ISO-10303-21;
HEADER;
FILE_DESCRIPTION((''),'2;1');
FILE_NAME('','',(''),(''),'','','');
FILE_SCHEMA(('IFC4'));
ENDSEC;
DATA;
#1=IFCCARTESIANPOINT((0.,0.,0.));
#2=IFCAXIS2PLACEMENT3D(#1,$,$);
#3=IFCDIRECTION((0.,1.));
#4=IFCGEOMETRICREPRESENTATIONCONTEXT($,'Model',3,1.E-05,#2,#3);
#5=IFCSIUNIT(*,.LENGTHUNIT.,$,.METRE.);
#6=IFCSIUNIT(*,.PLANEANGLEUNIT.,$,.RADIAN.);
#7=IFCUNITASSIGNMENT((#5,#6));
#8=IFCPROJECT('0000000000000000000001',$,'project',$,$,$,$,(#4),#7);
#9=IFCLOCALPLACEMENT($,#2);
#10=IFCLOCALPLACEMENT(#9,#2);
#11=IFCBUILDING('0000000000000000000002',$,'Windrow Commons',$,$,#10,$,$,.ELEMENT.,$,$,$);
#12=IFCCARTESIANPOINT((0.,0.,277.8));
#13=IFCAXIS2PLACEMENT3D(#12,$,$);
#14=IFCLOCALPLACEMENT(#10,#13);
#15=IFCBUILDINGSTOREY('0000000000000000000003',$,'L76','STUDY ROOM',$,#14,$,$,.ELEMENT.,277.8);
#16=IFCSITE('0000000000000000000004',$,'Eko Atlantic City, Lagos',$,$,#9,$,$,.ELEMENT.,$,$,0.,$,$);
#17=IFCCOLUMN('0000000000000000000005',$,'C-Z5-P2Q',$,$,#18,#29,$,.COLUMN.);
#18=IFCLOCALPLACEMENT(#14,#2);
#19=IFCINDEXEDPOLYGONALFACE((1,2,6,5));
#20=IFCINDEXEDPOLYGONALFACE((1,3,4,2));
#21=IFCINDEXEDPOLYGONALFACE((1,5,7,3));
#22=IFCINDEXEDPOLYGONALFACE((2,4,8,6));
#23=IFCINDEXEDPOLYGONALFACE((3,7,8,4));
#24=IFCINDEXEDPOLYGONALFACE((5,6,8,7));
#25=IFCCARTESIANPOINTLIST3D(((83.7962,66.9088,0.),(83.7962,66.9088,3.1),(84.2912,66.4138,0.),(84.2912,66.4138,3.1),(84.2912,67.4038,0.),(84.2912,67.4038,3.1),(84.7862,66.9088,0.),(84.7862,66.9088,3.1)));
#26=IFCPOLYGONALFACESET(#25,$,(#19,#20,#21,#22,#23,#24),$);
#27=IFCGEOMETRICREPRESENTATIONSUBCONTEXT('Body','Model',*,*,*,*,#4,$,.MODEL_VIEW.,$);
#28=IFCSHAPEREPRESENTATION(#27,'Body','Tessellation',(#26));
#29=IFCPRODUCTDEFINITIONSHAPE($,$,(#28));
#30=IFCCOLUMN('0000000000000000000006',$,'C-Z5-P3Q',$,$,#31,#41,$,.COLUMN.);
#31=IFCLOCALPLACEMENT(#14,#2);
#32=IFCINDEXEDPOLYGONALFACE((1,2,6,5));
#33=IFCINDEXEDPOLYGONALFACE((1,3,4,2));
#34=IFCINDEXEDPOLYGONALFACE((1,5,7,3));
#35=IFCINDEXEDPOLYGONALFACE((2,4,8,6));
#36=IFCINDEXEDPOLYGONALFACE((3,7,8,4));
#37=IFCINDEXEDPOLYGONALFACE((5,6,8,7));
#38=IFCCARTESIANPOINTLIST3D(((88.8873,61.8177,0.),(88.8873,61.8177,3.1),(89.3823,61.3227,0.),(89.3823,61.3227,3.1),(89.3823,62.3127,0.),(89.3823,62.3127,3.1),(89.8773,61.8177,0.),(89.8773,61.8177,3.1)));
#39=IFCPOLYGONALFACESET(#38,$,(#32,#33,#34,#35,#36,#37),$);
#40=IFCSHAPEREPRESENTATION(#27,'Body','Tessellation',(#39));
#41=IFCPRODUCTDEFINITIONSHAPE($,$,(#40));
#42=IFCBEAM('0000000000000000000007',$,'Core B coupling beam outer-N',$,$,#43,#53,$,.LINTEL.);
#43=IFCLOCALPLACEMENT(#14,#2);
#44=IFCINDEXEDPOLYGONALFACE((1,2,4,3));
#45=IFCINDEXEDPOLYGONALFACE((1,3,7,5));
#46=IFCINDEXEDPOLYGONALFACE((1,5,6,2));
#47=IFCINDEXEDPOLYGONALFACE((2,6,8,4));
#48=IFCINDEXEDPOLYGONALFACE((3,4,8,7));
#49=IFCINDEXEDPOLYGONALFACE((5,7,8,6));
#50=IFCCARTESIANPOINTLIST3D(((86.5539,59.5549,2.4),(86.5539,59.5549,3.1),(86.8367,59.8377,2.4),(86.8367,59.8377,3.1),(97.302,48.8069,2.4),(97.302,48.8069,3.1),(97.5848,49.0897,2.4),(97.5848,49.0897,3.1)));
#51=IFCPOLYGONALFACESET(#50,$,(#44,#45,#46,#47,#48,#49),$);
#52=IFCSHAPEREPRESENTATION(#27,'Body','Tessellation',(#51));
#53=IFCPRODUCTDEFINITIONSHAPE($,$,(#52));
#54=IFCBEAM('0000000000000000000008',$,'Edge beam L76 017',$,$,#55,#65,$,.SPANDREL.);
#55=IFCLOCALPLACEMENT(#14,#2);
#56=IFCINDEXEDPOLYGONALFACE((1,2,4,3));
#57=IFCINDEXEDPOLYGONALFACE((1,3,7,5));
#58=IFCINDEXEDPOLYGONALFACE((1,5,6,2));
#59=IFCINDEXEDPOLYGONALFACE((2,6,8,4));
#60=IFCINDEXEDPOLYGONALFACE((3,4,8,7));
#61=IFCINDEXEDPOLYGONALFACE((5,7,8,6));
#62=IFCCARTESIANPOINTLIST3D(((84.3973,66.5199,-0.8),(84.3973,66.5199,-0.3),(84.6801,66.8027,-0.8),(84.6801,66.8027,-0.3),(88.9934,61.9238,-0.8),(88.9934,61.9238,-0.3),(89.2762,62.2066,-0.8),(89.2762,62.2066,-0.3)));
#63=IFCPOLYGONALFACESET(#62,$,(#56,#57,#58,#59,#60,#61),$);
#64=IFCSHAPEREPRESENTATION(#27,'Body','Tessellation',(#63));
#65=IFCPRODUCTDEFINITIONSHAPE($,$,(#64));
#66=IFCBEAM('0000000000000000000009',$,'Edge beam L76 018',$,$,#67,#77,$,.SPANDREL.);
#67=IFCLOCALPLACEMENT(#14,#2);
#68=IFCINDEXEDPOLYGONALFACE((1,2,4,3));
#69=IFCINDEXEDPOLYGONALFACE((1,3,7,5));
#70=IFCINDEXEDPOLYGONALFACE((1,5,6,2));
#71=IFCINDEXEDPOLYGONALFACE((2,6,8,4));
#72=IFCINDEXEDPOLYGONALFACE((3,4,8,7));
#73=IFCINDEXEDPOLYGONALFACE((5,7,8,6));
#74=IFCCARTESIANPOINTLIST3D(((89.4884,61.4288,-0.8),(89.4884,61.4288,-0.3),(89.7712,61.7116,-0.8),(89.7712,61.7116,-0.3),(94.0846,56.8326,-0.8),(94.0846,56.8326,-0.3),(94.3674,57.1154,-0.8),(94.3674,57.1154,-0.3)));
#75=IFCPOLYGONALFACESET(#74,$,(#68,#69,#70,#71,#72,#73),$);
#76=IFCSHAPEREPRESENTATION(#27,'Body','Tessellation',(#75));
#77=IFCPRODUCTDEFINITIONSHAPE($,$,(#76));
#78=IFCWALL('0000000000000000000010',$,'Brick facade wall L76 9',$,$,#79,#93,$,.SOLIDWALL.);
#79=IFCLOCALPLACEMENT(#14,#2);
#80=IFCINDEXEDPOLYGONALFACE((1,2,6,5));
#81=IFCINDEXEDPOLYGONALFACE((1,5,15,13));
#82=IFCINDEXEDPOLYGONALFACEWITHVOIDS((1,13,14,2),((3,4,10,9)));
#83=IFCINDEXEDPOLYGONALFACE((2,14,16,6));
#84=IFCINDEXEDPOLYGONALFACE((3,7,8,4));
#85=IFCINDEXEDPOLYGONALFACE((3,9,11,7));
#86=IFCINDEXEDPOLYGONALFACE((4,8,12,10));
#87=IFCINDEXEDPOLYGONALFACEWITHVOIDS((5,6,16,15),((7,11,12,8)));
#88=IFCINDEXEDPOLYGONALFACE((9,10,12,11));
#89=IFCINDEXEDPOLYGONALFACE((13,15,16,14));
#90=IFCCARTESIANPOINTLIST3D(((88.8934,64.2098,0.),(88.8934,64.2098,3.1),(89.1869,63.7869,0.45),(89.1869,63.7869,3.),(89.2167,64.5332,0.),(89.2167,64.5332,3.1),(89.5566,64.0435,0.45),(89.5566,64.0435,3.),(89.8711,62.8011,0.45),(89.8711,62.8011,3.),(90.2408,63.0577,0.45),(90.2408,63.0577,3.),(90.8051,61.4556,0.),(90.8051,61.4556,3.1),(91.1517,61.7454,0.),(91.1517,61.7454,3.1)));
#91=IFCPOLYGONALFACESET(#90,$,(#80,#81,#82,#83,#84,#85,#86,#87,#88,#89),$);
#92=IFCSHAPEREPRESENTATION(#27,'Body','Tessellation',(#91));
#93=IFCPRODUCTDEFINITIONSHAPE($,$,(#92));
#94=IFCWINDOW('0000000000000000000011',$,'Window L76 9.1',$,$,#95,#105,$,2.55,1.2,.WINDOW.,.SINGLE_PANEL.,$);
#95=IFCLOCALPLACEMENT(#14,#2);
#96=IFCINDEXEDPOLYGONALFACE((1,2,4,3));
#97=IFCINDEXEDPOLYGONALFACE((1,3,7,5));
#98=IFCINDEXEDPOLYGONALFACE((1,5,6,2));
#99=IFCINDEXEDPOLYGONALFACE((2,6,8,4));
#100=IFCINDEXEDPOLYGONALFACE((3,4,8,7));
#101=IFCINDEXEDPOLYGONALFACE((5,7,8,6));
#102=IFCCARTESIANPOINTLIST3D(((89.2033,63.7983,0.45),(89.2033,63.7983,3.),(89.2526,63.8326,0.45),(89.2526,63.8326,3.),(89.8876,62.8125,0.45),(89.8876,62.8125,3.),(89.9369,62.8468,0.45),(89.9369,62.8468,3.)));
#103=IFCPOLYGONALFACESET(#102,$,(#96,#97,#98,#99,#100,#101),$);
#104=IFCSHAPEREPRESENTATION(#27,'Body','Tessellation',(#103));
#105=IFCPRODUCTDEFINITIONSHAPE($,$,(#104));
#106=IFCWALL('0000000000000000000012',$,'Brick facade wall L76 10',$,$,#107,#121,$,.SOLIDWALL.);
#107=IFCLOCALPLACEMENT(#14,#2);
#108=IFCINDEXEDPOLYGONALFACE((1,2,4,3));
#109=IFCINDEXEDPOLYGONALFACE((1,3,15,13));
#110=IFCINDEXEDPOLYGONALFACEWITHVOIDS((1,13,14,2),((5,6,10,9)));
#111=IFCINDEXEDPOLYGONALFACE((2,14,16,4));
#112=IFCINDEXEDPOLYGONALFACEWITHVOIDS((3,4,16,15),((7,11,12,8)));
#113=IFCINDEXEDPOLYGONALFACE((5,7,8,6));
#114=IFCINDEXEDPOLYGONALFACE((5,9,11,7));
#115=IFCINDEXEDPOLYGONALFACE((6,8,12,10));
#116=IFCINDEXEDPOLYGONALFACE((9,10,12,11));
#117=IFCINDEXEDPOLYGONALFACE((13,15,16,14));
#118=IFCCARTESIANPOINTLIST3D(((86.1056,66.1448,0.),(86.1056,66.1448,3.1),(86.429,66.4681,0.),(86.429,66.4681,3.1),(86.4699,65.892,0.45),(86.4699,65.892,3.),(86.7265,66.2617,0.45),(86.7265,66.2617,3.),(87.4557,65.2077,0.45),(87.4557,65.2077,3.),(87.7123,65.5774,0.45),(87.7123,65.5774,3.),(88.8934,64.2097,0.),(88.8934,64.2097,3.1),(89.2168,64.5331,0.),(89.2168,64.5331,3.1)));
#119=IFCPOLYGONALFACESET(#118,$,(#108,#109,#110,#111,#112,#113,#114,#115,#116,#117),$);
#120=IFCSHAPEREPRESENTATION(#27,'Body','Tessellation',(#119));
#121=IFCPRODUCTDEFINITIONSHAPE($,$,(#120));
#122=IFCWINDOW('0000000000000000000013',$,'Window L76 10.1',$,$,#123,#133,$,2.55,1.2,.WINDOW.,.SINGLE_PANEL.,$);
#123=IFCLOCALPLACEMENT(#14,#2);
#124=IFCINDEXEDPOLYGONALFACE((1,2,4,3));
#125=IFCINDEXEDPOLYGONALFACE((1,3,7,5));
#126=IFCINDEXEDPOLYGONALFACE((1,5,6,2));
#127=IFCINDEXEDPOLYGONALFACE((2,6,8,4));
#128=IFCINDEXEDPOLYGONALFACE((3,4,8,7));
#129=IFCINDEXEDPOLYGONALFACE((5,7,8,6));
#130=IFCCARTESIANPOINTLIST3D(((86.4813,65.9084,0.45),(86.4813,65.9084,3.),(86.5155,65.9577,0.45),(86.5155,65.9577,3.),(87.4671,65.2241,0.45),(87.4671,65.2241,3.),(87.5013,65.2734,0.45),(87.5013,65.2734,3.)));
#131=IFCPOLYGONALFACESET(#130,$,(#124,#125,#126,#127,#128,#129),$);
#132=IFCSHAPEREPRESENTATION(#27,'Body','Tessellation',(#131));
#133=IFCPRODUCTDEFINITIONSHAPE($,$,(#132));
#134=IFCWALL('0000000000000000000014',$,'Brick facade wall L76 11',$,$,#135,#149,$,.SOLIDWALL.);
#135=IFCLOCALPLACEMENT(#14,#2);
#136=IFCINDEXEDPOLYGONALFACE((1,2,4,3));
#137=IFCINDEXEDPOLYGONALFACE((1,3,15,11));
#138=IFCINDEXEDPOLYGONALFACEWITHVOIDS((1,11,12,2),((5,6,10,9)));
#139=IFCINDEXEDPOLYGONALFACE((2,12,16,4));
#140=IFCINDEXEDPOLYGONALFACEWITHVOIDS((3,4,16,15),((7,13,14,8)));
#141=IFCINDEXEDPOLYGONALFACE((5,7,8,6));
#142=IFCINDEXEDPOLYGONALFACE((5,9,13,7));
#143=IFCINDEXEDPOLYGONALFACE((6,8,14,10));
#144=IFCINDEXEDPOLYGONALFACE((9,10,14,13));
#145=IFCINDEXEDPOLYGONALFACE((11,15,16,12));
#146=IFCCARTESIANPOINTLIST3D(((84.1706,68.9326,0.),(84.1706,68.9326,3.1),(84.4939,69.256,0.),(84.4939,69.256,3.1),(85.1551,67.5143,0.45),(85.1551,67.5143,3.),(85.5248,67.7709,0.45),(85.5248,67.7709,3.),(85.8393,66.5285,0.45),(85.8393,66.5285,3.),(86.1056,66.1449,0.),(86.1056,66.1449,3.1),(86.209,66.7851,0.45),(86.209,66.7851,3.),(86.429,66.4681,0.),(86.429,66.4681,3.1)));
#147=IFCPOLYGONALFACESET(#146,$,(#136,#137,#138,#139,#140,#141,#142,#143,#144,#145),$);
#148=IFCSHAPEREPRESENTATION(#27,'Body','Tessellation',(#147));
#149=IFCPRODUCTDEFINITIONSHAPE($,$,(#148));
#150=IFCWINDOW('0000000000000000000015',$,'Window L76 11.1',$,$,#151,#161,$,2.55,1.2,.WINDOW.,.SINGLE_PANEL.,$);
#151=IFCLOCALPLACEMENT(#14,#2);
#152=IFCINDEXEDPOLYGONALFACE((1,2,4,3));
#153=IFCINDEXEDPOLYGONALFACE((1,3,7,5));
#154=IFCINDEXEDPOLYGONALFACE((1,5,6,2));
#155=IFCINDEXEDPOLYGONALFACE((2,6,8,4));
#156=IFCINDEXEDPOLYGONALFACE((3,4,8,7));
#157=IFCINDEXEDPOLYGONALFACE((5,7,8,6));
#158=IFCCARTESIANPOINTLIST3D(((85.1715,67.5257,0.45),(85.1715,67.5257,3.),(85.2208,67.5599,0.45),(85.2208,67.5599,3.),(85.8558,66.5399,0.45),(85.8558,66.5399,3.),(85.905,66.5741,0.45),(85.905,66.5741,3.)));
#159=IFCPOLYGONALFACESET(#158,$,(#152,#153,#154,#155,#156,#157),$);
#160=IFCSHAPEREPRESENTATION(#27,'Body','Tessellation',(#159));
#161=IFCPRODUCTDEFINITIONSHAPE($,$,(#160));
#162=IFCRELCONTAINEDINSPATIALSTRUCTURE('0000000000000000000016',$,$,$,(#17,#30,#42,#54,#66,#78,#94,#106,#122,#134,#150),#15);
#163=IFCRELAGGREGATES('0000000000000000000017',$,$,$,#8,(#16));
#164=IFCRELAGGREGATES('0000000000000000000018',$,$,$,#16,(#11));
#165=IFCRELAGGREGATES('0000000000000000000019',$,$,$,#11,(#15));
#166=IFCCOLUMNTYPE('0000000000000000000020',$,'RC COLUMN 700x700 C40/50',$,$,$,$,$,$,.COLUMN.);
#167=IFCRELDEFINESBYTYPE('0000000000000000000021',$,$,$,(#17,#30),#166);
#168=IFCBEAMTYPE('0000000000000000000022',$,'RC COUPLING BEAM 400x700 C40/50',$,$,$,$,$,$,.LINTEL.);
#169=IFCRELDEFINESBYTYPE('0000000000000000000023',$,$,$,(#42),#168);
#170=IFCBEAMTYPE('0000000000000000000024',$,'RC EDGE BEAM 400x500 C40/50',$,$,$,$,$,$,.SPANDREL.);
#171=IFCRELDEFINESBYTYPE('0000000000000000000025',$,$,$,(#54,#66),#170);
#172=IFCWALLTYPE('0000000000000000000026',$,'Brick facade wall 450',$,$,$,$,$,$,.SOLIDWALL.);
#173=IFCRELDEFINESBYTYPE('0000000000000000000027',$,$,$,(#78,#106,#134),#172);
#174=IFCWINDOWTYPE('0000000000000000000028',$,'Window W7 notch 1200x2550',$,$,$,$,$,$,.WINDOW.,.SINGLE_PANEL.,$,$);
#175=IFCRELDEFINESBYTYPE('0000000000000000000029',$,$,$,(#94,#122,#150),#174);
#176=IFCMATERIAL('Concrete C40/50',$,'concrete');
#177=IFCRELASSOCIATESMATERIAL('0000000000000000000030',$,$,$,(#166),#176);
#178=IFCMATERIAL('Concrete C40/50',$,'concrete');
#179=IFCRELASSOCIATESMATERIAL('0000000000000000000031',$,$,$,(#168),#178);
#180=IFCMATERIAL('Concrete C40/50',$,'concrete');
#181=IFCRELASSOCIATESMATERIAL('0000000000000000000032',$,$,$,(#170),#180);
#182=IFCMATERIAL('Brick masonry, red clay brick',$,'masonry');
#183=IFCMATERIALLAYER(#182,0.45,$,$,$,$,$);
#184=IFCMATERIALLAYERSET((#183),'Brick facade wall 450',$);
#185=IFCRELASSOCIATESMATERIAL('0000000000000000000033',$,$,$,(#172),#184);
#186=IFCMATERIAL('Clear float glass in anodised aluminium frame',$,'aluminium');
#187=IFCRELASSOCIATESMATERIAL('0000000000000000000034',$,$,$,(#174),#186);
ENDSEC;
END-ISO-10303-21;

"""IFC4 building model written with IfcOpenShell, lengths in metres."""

from ifc_helpers import new_model, si_unit, direction, frame, frame_2d, origin, origin_2d, place, context, subcontext, project, spatial, polyline, rectangle, outline, extrude, material, layer, layer_set, material_profile, profile_set, type_object, element, fill, save


model = new_model("IFC4")

# Units and contexts
model_context = context("Model", 3, precision=1e-05, world=origin(), true_north=direction((0.0, 1.0)))
body_context = subcontext(model_context, "Body", "Model", "MODEL_VIEW")
ifc_project = project(units=[si_unit("LENGTHUNIT", "METRE"), si_unit("PLANEANGLEUNIT", "RADIAN")], contexts=[model_context])

# Site, building, storey
site_placement = place(None, origin())
site = spatial("IfcSite", under=ifc_project, at=site_placement, Name="Eko Atlantic City, Lagos", CompositionType="ELEMENT", RefElevation=0.0)
building_placement = place(site_placement, origin())
building = spatial("IfcBuilding", under=site, at=building_placement, Name="Windrow Commons", CompositionType="ELEMENT")
storey_placement = place(building_placement, frame((0.0, 0.0, 277.8)))
storey = spatial("IfcBuildingStorey", under=building, at=storey_placement, Name="L76", Description="STUDY ROOM", CompositionType="ELEMENT", Elevation=277.8)

# Columns
ifc_material_1 = material(Name="Concrete C40/50", Category="concrete")
ifc_material_profile_1 = material_profile(ifc_material_1, rectangle(XDim=0.7, YDim=0.7, at=origin_2d()))
ifc_profile_set_1 = profile_set([ifc_material_profile_1], Name="Concrete C40/50")
column_type = type_object("IfcColumnType", Name="RC COLUMN 700x700 C40/50", PredefinedType="COLUMN", material=ifc_profile_set_1)
for number, where, z_axis, x_axis, name in (
    (1, (84.2912, 66.9088, 0.0), (0.0, 0.0, 1.0), (0.707107, -0.707107, 0.0), "C-Z5-P2Q"),
    (2, (89.3823, 61.8177, 0.0), (0.0, 0.0, 1.0), (0.707107, -0.707107, 0.0), "C-Z5-P3Q"),
):
    element("IfcColumn", number, at=place(storey_placement, frame(where, z_axis=z_axis, x_axis=x_axis)), inside=storey, type_object=column_type, Name=name, PredefinedType="COLUMN", context=body_context, shape_type="SweptSolid", body=[
        extrude(rectangle(XDim=0.7, YDim=0.7, at=origin_2d()), origin(), (0.0, 0.0, 1.0), 3.1),
    ])

# Beams
ifc_material_2 = material(Name="Concrete C40/50", Category="concrete")
ifc_material_profile_2 = material_profile(ifc_material_2, rectangle(XDim=0.4, YDim=0.7, at=origin_2d()))
ifc_profile_set_2 = profile_set([ifc_material_profile_2], Name="Concrete C40/50")
beam_type_1 = type_object("IfcBeamType", Name="RC COUPLING BEAM 400x700 C40/50", PredefinedType="LINTEL", material=ifc_profile_set_2)
beam_1_placement = place(storey_placement, frame((86.6953, 59.6963, 2.75), z_axis=(0.70711, -0.707103, 0.0), x_axis=(0.707103, 0.70711, 0.0)))
element("IfcBeam", 3, at=beam_1_placement, inside=storey, type_object=beam_type_1, Name="Core B coupling beam outer-N", PredefinedType="LINTEL", context=body_context, shape_type="SweptSolid", body=[
    extrude(rectangle(XDim=0.4, YDim=0.7, at=origin_2d()), origin(), (0.0, 0.0, 1.0), 15.2),
])
ifc_material_3 = material(Name="Concrete C40/50", Category="concrete")
ifc_material_profile_3 = material_profile(ifc_material_3, rectangle(XDim=0.4, YDim=0.5, at=origin_2d()))
ifc_profile_set_3 = profile_set([ifc_material_profile_3], Name="Concrete C40/50")
beam_type_2 = type_object("IfcBeamType", Name="RC EDGE BEAM 400x500 C40/50", PredefinedType="SPANDREL", material=ifc_profile_set_3)
beam_2_placement = place(storey_placement, frame((84.5387, 66.6613, -0.55), z_axis=(0.707107, -0.707107, 0.0), x_axis=(0.707107, 0.707107, 0.0)))
element("IfcBeam", 4, at=beam_2_placement, inside=storey, type_object=beam_type_2, Name="Edge beam L76 017", PredefinedType="SPANDREL", context=body_context, shape_type="SweptSolid", body=[
    extrude(rectangle(XDim=0.4, YDim=0.5, at=origin_2d()), origin(), (0.0, 0.0, 1.0), 6.4999),
])
beam_3_placement = place(storey_placement, frame((89.6298, 61.5702, -0.55), z_axis=(0.707107, -0.707107, 0.0), x_axis=(0.707107, 0.707107, 0.0)))
element("IfcBeam", 5, at=beam_3_placement, inside=storey, type_object=beam_type_2, Name="Edge beam L76 018", PredefinedType="SPANDREL", context=body_context, shape_type="SweptSolid", body=[
    extrude(rectangle(XDim=0.4, YDim=0.5, at=origin_2d()), origin(), (0.0, 0.0, 1.0), 6.5),
])

# Walls, openings, windows
ifc_material_4 = material(Name="Brick masonry, red clay brick", Category="masonry")
ifc_layer_1 = layer(ifc_material_4, 0.45)
ifc_layer_set_1 = layer_set([ifc_layer_1], Name="Brick facade wall 450")
wall_type_1 = type_object("IfcWallType", Name="Brick facade wall 450", PredefinedType="SOLIDWALL", material=ifc_layer_set_1)
wall_1_placement = place(storey_placement, frame((90.9784, 61.6005, 0.0), z_axis=(0.0, 0.0, 1.0), x_axis=(-0.570209, 0.8215, 0.0)))
wall_1 = element("IfcWall", 6, at=wall_1_placement, inside=storey, type_object=wall_type_1, Name="Brick facade wall L76 9", PredefinedType="SOLIDWALL", context=body_context, shape_type="SweptSolid", body=[
    extrude(outline(polyline([(0.0202, -0.225), (3.4137, -0.225), (3.3324, 0.225), (-0.0202, 0.225), (0.0202, -0.225)])), origin(), (0.0, 0.0, 1.0), 3.1),
])
opening_1_placement = place(wall_1_placement, frame((1.6177, 0.0, 0.45)))
opening_1 = element("IfcOpeningElement", 7, at=opening_1_placement, cuts=wall_1, PredefinedType="OPENING", context=body_context, shape_type="SweptSolid", body=[
    extrude(rectangle(XDim=1.2, YDim=2.55, at=frame_2d((0.6, 1.275))), frame((0.0, 0.235, 0.0), z_axis=(0.0, -1.0, 0.0), x_axis=(1.0, 0.0, 0.0)), (0.0, 0.0, 1.0), 0.47),
])
ifc_material_5 = material(Name="Clear float glass in anodised aluminium frame", Category="aluminium")
window_type = type_object("IfcWindowType", Name="Window W7 notch 1200x2550", PartitioningType="SINGLE_PANEL", PredefinedType="WINDOW", material=ifc_material_5)
window_1_placement = place(opening_1_placement, origin())
window_1 = element("IfcWindow", 8, at=window_1_placement, inside=storey, type_object=window_type, Name="Window L76 9.1", OverallHeight=2.55, OverallWidth=1.2, PartitioningType="SINGLE_PANEL", PredefinedType="WINDOW", context=body_context, shape_type="SweptSolid", body=[
    extrude(rectangle(XDim=1.2, YDim=2.55, at=frame_2d((0.6, 1.275))), frame((0.0, 0.205, 0.0), z_axis=(0.0, -1.0, 0.0), x_axis=(1.0, 0.0, 0.0)), (0.0, 0.0, 1.0), 0.06),
])
fill(opening_1, window_1)
wall_2_placement = place(storey_placement, frame((89.0551, 64.3714, 0.0), z_axis=(0.0, 0.0, 1.0), x_axis=(-0.82149, 0.570222, 0.0)))
wall_2 = element("IfcWall", 9, at=wall_2_placement, inside=storey, type_object=wall_type_1, Name="Brick facade wall L76 10", PredefinedType="SOLIDWALL", context=body_context, shape_type="SweptSolid", body=[
    extrude(outline(polyline([(-0.0406, -0.225), (3.3529, -0.225), (3.4342, 0.225), (0.0406, 0.225), (-0.0406, -0.225)])), origin(), (0.0, 0.0, 1.0), 3.1),
])
opening_2_placement = place(wall_2_placement, frame((1.7908, 0.0, 0.45)))
opening_2 = element("IfcOpeningElement", 10, at=opening_2_placement, cuts=wall_2, PredefinedType="OPENING", context=body_context, shape_type="SweptSolid", body=[
    extrude(rectangle(XDim=1.2, YDim=2.55, at=frame_2d((0.6, 1.275))), frame((0.0, 0.235, 0.0), z_axis=(0.0, -1.0, 0.0), x_axis=(1.0, 0.0, 0.0)), (0.0, 0.0, 1.0), 0.47),
])
window_2_placement = place(opening_2_placement, origin())
window_2 = element("IfcWindow", 11, at=window_2_placement, inside=storey, type_object=window_type, Name="Window L76 10.1", OverallHeight=2.55, OverallWidth=1.2, PartitioningType="SINGLE_PANEL", PredefinedType="WINDOW", context=body_context, shape_type="SweptSolid", body=[
    extrude(rectangle(XDim=1.2, YDim=2.55, at=frame_2d((0.6, 1.275))), frame((0.0, 0.205, 0.0), z_axis=(0.0, -1.0, 0.0), x_axis=(1.0, 0.0, 0.0)), (0.0, 0.0, 1.0), 0.06),
])
fill(opening_2, window_2)
wall_3_placement = place(storey_placement, frame((86.2673, 66.3065, 0.0), z_axis=(0.0, 0.0, 1.0), x_axis=(-0.570203, 0.821504, 0.0)))
wall_3 = element("IfcWall", 12, at=wall_3_placement, inside=storey, type_object=wall_type_1, Name="Brick facade wall L76 11", PredefinedType="SOLIDWALL", context=body_context, shape_type="SweptSolid", body=[
    extrude(outline(polyline([(0.0406, -0.225), (3.4342, -0.225), (3.3529, 0.225), (-0.0406, 0.225), (0.0406, -0.225)])), origin(), (0.0, 0.0, 1.0), 3.1),
])
opening_3_placement = place(wall_3_placement, frame((0.4264, 0.0, 0.45)))
opening_3 = element("IfcOpeningElement", 13, at=opening_3_placement, cuts=wall_3, PredefinedType="OPENING", context=body_context, shape_type="SweptSolid", body=[
    extrude(rectangle(XDim=1.2, YDim=2.55, at=frame_2d((0.6, 1.275))), frame((0.0, 0.235, 0.0), z_axis=(0.0, -1.0, 0.0), x_axis=(1.0, 0.0, 0.0)), (0.0, 0.0, 1.0), 0.47),
])
window_3_placement = place(opening_3_placement, origin())
window_3 = element("IfcWindow", 14, at=window_3_placement, inside=storey, type_object=window_type, Name="Window L76 11.1", OverallHeight=2.55, OverallWidth=1.2, PartitioningType="SINGLE_PANEL", PredefinedType="WINDOW", context=body_context, shape_type="SweptSolid", body=[
    extrude(rectangle(XDim=1.2, YDim=2.55, at=frame_2d((0.6, 1.275))), frame((0.0, 0.205, 0.0), z_axis=(0.0, -1.0, 0.0), x_axis=(1.0, 0.0, 0.0)), (0.0, 0.0, 1.0), 0.06),
])
fill(opening_3, window_3)

save(model, "model.ifc")
